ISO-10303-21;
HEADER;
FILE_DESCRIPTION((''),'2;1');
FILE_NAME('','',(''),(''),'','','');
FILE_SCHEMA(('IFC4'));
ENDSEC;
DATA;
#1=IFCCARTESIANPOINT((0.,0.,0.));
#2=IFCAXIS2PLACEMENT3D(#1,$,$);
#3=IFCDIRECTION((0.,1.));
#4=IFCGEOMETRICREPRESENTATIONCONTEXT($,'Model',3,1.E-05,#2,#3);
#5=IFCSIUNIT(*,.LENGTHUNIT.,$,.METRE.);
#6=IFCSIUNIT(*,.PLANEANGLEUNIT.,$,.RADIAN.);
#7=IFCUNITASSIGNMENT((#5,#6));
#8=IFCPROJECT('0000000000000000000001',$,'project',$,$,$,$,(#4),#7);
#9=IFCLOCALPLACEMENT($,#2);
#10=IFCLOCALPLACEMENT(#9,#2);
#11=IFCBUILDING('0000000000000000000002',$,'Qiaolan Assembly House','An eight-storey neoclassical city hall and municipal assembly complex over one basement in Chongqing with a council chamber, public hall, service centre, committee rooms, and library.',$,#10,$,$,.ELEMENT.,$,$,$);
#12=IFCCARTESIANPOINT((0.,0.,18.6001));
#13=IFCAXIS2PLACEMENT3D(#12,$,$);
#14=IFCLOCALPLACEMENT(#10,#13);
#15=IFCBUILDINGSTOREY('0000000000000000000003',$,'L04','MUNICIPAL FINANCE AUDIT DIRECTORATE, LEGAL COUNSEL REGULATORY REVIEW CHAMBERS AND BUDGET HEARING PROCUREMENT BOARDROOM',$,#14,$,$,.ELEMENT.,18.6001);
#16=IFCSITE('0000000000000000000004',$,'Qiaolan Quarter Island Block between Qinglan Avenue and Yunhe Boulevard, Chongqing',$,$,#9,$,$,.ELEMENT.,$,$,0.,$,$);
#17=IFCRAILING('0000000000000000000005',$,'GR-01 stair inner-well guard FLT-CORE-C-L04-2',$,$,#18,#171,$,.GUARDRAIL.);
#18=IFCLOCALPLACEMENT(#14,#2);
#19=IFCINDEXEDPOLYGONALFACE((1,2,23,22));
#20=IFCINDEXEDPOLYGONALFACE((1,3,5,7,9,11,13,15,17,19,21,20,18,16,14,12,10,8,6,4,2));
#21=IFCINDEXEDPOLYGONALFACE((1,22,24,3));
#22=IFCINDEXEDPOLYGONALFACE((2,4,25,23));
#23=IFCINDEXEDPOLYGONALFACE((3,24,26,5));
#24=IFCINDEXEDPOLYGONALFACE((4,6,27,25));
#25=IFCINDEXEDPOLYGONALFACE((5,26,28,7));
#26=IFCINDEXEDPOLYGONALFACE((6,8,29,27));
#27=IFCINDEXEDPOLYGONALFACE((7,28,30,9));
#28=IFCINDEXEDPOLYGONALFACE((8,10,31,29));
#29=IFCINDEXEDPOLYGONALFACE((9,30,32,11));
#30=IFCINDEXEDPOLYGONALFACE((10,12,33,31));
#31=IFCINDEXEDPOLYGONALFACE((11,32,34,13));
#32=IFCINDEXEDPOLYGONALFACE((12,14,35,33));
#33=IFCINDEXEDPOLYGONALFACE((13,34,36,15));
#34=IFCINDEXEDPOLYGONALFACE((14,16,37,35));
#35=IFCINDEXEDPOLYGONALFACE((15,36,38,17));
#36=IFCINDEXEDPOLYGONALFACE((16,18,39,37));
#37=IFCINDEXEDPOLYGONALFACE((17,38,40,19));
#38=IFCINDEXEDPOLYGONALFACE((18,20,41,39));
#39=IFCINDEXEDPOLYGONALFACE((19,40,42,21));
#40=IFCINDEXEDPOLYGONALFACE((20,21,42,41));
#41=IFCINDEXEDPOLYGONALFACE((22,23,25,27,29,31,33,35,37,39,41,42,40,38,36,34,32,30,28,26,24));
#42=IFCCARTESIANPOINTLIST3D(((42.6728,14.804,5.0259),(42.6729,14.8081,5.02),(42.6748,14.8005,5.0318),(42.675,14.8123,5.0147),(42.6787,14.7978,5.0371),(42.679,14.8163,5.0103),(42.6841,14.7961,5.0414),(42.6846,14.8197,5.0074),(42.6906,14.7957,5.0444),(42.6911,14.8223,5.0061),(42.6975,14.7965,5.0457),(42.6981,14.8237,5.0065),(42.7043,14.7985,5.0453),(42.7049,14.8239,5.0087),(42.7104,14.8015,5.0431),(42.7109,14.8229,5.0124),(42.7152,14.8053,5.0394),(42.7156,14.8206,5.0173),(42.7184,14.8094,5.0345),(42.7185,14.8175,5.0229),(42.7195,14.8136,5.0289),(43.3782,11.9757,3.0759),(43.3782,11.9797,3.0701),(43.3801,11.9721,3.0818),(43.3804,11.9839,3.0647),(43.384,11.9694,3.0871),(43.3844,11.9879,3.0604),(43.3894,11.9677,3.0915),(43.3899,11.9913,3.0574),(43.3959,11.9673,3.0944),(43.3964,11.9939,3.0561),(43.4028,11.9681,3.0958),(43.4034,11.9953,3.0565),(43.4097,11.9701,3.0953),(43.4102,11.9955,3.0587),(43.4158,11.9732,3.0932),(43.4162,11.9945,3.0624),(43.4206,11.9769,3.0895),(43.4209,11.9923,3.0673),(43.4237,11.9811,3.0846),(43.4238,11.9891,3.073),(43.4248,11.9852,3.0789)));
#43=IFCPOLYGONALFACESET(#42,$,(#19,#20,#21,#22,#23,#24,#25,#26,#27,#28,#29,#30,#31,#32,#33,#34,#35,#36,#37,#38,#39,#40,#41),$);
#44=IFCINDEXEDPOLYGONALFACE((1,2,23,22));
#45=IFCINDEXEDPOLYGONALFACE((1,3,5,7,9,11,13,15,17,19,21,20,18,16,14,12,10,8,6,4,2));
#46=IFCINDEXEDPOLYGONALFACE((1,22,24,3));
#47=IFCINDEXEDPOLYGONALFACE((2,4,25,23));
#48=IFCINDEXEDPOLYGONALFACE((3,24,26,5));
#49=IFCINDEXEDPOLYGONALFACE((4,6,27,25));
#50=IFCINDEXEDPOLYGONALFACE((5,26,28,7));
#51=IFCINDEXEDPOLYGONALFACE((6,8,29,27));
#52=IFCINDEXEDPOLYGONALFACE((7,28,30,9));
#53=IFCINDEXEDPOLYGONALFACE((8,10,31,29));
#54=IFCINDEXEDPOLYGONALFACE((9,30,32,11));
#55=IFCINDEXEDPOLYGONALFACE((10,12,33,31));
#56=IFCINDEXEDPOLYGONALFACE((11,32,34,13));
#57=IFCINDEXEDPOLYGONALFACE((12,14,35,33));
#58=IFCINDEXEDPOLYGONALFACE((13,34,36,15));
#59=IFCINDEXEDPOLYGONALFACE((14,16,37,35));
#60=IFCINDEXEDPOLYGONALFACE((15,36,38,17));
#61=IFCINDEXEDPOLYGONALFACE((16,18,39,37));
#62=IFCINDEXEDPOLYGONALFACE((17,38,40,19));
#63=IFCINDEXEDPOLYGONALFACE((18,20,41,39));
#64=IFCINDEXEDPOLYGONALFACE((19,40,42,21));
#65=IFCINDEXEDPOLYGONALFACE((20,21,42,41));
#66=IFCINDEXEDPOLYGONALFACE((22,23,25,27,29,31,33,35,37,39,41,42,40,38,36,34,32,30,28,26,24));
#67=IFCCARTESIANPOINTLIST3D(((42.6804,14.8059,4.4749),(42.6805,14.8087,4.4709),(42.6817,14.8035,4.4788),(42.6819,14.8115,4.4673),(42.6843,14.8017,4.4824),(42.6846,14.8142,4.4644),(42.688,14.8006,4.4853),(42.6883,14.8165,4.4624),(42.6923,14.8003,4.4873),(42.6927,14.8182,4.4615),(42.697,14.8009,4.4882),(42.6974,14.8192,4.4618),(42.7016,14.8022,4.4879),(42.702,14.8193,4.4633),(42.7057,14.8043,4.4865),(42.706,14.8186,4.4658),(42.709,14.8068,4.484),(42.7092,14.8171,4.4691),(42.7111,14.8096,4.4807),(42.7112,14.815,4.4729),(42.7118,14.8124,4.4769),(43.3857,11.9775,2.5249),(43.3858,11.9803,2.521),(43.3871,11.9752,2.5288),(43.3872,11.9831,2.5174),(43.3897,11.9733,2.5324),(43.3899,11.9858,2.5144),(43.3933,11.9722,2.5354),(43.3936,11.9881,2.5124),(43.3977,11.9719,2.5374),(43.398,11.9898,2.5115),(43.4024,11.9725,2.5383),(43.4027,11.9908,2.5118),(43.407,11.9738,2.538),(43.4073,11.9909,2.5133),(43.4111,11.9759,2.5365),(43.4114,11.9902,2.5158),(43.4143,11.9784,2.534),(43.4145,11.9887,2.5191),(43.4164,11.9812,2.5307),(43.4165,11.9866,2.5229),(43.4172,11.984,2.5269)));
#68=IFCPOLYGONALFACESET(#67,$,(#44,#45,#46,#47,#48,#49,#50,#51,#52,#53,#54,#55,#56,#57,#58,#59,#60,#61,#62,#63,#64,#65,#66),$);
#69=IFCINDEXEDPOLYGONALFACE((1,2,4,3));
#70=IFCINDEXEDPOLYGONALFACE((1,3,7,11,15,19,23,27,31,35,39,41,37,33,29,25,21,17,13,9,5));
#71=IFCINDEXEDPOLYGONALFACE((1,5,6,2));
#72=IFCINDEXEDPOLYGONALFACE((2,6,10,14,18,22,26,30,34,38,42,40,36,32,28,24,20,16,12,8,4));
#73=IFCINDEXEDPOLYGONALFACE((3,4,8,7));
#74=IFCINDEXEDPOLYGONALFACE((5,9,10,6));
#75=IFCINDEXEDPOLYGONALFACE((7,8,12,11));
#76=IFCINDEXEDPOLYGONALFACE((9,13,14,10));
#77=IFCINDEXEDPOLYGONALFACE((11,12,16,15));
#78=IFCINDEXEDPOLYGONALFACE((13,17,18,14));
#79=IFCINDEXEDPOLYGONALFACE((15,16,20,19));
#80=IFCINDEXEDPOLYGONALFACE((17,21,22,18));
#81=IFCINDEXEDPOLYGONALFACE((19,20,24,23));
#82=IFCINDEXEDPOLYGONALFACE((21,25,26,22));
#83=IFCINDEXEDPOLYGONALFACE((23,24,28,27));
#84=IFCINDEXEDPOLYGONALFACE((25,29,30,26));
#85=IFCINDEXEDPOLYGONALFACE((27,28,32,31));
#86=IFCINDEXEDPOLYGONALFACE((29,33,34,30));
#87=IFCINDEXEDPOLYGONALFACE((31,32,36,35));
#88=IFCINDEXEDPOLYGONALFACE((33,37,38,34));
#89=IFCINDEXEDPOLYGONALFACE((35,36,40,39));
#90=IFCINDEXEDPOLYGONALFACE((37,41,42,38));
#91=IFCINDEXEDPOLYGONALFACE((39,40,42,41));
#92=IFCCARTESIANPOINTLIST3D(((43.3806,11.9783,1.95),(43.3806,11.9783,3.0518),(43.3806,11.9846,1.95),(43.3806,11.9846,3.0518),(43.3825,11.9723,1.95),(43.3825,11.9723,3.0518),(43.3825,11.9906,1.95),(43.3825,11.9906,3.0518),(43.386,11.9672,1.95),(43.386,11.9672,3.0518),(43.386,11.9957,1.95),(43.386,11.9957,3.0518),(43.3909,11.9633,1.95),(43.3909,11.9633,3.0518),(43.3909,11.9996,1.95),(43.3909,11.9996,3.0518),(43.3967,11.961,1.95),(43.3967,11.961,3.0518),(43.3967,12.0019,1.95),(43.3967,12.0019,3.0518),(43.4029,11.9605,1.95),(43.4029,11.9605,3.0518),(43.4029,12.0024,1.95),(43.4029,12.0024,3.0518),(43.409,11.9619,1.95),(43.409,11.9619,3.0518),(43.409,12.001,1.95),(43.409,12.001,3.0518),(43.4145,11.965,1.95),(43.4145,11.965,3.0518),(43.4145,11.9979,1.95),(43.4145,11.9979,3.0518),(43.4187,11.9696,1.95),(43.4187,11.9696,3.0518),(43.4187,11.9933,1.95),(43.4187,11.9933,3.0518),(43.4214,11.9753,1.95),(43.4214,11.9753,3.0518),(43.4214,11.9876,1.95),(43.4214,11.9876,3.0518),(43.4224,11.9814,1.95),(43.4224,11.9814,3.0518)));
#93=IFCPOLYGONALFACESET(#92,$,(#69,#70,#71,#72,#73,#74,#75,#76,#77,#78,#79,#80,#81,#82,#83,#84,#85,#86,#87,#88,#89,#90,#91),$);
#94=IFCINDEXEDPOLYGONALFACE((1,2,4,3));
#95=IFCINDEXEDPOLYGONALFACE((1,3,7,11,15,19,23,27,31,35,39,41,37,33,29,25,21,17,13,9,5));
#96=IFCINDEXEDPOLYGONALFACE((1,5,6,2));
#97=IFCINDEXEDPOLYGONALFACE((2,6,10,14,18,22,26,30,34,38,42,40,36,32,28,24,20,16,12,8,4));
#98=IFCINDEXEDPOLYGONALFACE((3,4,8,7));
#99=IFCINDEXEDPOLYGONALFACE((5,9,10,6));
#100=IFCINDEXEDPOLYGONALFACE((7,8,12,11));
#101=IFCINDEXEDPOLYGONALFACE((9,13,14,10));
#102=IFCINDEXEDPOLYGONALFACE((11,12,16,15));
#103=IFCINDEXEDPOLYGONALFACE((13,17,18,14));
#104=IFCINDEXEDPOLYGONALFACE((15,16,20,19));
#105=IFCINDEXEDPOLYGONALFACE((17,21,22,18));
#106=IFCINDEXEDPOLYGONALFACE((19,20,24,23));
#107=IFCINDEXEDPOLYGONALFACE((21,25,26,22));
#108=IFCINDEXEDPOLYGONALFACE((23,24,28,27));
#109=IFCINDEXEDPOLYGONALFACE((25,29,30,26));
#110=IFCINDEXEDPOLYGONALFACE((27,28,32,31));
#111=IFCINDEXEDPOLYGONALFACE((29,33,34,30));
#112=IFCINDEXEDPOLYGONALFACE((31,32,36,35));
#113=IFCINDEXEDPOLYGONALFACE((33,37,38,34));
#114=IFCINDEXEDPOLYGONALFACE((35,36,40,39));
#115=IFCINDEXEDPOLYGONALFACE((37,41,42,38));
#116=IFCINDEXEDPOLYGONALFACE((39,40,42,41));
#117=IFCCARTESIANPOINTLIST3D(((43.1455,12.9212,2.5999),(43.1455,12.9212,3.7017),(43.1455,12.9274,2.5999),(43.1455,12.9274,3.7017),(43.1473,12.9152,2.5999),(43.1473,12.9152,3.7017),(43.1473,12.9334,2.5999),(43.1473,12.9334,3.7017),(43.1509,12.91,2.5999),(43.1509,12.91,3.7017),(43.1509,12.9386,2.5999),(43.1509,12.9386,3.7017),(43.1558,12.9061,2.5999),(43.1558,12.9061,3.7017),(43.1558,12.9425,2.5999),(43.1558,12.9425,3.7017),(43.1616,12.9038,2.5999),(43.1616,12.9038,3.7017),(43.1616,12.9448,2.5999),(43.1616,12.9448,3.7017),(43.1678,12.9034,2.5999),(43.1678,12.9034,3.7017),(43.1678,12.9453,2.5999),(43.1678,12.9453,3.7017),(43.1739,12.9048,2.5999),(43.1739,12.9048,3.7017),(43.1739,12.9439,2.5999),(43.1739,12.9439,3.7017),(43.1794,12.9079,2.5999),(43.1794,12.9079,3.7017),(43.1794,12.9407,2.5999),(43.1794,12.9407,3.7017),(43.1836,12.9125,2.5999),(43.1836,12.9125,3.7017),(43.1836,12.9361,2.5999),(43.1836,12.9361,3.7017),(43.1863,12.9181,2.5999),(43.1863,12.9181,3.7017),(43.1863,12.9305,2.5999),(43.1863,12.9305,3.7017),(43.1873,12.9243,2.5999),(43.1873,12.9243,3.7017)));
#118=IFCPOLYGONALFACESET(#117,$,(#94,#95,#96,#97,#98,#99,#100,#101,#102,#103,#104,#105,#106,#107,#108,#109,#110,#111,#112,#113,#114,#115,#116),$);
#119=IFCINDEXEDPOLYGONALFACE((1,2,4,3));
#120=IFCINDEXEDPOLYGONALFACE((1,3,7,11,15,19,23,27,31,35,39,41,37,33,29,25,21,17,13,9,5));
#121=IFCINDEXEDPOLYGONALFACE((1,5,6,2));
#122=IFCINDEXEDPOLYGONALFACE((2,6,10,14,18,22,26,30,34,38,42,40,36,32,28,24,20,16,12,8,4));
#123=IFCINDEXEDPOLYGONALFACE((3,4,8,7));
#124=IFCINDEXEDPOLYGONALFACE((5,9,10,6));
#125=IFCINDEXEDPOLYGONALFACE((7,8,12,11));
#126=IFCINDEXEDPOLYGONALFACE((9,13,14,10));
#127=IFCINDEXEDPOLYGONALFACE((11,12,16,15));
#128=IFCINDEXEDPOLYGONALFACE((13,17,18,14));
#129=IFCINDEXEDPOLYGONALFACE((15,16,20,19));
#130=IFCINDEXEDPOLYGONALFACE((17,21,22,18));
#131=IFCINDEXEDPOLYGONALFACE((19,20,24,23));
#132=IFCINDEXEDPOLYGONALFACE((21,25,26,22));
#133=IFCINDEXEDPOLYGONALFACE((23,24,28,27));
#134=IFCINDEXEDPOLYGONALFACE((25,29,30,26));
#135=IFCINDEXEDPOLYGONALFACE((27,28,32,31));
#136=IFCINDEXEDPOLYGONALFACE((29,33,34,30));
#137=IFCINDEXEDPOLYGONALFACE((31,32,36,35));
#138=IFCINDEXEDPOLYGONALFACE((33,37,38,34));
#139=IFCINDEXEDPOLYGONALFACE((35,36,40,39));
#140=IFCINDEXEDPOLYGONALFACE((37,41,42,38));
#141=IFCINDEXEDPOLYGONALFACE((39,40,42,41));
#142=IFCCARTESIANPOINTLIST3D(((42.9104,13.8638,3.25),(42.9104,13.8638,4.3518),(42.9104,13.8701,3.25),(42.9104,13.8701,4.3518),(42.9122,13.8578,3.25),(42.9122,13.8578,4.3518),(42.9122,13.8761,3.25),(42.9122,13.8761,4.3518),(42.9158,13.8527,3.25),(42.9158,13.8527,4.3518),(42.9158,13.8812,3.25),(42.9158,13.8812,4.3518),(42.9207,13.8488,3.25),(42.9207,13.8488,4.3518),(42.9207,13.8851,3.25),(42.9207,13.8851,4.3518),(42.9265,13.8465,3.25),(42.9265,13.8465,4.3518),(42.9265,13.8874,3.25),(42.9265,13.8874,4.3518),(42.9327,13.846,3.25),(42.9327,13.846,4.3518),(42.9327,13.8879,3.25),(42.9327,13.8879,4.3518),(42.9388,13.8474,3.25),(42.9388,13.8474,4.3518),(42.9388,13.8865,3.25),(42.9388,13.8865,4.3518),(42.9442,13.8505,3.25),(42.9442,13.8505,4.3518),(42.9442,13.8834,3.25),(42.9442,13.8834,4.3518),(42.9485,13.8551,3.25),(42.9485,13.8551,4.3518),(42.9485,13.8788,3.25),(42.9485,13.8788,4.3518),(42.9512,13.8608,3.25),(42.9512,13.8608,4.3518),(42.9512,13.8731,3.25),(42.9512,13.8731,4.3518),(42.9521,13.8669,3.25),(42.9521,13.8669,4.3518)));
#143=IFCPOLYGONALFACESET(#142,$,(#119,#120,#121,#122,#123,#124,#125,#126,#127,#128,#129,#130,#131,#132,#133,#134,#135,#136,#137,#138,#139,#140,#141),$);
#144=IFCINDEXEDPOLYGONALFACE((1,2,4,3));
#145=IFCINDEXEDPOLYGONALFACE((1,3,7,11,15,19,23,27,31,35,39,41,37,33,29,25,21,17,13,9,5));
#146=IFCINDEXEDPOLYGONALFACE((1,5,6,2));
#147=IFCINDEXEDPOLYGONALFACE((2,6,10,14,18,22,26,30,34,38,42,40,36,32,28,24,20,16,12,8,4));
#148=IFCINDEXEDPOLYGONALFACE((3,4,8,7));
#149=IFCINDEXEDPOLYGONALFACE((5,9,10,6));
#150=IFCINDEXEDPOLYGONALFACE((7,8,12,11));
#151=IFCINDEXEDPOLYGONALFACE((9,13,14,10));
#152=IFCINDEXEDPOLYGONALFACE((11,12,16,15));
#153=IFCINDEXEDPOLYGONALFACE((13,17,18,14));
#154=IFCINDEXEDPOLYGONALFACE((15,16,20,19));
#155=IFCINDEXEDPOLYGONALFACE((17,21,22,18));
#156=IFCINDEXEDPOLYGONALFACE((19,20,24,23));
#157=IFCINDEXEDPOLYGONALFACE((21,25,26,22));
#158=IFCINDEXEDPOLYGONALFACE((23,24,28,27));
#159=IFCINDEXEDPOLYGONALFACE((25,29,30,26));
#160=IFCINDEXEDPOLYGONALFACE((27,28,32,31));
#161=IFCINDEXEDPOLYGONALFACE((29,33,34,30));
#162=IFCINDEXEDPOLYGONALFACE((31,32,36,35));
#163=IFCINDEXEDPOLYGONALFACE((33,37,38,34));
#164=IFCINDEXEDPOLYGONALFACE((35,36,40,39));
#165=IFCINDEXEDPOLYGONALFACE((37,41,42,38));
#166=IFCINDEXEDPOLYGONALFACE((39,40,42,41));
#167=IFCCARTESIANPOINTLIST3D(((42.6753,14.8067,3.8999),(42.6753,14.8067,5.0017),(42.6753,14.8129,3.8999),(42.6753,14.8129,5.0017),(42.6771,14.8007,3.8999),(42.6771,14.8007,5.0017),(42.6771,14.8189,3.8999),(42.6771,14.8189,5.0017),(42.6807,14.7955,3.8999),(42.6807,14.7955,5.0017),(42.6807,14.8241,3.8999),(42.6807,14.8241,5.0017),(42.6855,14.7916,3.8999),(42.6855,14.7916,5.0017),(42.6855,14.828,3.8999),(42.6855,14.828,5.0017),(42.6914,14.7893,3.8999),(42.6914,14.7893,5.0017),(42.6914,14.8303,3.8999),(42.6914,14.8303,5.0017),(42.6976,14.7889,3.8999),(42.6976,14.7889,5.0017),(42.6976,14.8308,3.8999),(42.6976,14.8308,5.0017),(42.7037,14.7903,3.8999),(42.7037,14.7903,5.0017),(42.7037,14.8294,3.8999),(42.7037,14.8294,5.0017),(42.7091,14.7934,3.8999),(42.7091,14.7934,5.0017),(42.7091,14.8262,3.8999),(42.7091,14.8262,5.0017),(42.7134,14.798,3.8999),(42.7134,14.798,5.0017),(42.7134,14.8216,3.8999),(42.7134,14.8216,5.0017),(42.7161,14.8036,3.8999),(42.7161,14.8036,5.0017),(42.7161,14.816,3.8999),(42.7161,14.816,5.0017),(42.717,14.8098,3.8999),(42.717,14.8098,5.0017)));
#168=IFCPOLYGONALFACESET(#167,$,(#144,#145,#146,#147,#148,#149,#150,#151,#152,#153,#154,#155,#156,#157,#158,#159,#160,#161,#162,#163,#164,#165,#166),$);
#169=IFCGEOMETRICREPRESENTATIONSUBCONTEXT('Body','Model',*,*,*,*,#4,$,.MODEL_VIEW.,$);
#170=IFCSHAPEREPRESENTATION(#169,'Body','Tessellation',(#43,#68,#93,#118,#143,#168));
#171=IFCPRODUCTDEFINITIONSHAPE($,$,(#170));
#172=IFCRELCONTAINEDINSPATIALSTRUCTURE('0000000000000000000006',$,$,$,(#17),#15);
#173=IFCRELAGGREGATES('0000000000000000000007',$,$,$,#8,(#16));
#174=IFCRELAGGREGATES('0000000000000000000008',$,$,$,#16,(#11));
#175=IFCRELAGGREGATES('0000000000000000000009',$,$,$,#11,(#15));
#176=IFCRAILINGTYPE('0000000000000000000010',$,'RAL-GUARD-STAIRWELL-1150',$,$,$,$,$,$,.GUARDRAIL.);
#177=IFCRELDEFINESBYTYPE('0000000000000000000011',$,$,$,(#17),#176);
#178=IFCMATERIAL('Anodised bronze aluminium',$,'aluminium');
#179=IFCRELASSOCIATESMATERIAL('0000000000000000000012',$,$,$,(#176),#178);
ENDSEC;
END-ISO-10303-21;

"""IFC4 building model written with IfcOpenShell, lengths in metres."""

from ifc_helpers import new_model, si_unit, direction, frame, origin, origin_2d, place, context, subcontext, project, spatial, circle, extrude, material, type_object, element, save


model = new_model("IFC4")

# Units and contexts
model_context = context("Model", 3, precision=1e-05, world=origin(), true_north=direction((0.0, 1.0)))
body_context = subcontext(model_context, "Body", "Model", "MODEL_VIEW")
ifc_project = project(units=[si_unit("LENGTHUNIT", "METRE"), si_unit("PLANEANGLEUNIT", "RADIAN")], contexts=[model_context])

# Site, building, storey
site_placement = place(None, origin())
site = spatial("IfcSite", under=ifc_project, at=site_placement, Name="Qiaolan Quarter Island Block between Qinglan Avenue and Yunhe Boulevard, Chongqing", CompositionType="ELEMENT", RefElevation=0.0)
building_placement = place(site_placement, origin())
building = spatial("IfcBuilding", under=site, at=building_placement, Name="Qiaolan Assembly House", Description="An eight-storey neoclassical city hall and municipal assembly complex over one basement in Chongqing with a council chamber, public hall, service centre, committee rooms, and library.", CompositionType="ELEMENT")
storey_placement = place(building_placement, frame((0.0, 0.0, 18.6001)))
storey = spatial("IfcBuildingStorey", under=building, at=storey_placement, Name="L04", Description="MUNICIPAL FINANCE AUDIT DIRECTORATE, LEGAL COUNSEL REGULATORY REVIEW CHAMBERS AND BUDGET HEARING PROCUREMENT BOARDROOM", CompositionType="ELEMENT", Elevation=18.6001)

# Railing
ifc_material_1 = material(Name="Anodised bronze aluminium", Category="aluminium")
railing_type_1 = type_object("IfcRailingType", Name="RAL-GUARD-STAIRWELL-1150", PredefinedType="GUARDRAIL", material=ifc_material_1)
railing_1_placement = place(storey_placement, frame((43.4014, 11.9814, 1.95)))
element("IfcRailing", 1, at=railing_1_placement, inside=storey, type_object=railing_type_1, Name="GR-01 stair inner-well guard FLT-CORE-C-L04-2", PredefinedType="GUARDRAIL", context=body_context, shape_type="SweptSolid", body=[
    extrude(circle(Radius=0.0239, at=origin_2d()), frame((0.0, 0.0, 1.126), z_axis=(-0.201115, 0.806479, 0.556008), x_axis=(-0.970285, -0.241964, 0.0)), (0.0, 0.0, 1.0), 3.5071),
    extrude(circle(Radius=0.0161, at=origin_2d()), frame((0.0, 0.0, 0.575), z_axis=(-0.201115, 0.806479, 0.556008), x_axis=(-0.970285, -0.241964, 0.0)), (0.0, 0.0, 1.0), 3.5071),
    extrude(circle(Radius=0.021, at=origin_2d()), origin(), (0.0, 0.0, 1.0), 1.1018),
    extrude(circle(Radius=0.021, at=origin_2d()), frame((-0.2351, 0.9429, 0.6499)), (0.0, 0.0, 1.0), 1.1018),
    extrude(circle(Radius=0.021, at=origin_2d()), frame((-0.4702, 1.8855, 1.3)), (0.0, 0.0, 1.0), 1.1018),
    extrude(circle(Radius=0.021, at=origin_2d()), frame((-0.7053, 2.8284, 1.95)), (0.0, 0.0, 1.0), 1.1018),
])

save(model, "model.ifc")
